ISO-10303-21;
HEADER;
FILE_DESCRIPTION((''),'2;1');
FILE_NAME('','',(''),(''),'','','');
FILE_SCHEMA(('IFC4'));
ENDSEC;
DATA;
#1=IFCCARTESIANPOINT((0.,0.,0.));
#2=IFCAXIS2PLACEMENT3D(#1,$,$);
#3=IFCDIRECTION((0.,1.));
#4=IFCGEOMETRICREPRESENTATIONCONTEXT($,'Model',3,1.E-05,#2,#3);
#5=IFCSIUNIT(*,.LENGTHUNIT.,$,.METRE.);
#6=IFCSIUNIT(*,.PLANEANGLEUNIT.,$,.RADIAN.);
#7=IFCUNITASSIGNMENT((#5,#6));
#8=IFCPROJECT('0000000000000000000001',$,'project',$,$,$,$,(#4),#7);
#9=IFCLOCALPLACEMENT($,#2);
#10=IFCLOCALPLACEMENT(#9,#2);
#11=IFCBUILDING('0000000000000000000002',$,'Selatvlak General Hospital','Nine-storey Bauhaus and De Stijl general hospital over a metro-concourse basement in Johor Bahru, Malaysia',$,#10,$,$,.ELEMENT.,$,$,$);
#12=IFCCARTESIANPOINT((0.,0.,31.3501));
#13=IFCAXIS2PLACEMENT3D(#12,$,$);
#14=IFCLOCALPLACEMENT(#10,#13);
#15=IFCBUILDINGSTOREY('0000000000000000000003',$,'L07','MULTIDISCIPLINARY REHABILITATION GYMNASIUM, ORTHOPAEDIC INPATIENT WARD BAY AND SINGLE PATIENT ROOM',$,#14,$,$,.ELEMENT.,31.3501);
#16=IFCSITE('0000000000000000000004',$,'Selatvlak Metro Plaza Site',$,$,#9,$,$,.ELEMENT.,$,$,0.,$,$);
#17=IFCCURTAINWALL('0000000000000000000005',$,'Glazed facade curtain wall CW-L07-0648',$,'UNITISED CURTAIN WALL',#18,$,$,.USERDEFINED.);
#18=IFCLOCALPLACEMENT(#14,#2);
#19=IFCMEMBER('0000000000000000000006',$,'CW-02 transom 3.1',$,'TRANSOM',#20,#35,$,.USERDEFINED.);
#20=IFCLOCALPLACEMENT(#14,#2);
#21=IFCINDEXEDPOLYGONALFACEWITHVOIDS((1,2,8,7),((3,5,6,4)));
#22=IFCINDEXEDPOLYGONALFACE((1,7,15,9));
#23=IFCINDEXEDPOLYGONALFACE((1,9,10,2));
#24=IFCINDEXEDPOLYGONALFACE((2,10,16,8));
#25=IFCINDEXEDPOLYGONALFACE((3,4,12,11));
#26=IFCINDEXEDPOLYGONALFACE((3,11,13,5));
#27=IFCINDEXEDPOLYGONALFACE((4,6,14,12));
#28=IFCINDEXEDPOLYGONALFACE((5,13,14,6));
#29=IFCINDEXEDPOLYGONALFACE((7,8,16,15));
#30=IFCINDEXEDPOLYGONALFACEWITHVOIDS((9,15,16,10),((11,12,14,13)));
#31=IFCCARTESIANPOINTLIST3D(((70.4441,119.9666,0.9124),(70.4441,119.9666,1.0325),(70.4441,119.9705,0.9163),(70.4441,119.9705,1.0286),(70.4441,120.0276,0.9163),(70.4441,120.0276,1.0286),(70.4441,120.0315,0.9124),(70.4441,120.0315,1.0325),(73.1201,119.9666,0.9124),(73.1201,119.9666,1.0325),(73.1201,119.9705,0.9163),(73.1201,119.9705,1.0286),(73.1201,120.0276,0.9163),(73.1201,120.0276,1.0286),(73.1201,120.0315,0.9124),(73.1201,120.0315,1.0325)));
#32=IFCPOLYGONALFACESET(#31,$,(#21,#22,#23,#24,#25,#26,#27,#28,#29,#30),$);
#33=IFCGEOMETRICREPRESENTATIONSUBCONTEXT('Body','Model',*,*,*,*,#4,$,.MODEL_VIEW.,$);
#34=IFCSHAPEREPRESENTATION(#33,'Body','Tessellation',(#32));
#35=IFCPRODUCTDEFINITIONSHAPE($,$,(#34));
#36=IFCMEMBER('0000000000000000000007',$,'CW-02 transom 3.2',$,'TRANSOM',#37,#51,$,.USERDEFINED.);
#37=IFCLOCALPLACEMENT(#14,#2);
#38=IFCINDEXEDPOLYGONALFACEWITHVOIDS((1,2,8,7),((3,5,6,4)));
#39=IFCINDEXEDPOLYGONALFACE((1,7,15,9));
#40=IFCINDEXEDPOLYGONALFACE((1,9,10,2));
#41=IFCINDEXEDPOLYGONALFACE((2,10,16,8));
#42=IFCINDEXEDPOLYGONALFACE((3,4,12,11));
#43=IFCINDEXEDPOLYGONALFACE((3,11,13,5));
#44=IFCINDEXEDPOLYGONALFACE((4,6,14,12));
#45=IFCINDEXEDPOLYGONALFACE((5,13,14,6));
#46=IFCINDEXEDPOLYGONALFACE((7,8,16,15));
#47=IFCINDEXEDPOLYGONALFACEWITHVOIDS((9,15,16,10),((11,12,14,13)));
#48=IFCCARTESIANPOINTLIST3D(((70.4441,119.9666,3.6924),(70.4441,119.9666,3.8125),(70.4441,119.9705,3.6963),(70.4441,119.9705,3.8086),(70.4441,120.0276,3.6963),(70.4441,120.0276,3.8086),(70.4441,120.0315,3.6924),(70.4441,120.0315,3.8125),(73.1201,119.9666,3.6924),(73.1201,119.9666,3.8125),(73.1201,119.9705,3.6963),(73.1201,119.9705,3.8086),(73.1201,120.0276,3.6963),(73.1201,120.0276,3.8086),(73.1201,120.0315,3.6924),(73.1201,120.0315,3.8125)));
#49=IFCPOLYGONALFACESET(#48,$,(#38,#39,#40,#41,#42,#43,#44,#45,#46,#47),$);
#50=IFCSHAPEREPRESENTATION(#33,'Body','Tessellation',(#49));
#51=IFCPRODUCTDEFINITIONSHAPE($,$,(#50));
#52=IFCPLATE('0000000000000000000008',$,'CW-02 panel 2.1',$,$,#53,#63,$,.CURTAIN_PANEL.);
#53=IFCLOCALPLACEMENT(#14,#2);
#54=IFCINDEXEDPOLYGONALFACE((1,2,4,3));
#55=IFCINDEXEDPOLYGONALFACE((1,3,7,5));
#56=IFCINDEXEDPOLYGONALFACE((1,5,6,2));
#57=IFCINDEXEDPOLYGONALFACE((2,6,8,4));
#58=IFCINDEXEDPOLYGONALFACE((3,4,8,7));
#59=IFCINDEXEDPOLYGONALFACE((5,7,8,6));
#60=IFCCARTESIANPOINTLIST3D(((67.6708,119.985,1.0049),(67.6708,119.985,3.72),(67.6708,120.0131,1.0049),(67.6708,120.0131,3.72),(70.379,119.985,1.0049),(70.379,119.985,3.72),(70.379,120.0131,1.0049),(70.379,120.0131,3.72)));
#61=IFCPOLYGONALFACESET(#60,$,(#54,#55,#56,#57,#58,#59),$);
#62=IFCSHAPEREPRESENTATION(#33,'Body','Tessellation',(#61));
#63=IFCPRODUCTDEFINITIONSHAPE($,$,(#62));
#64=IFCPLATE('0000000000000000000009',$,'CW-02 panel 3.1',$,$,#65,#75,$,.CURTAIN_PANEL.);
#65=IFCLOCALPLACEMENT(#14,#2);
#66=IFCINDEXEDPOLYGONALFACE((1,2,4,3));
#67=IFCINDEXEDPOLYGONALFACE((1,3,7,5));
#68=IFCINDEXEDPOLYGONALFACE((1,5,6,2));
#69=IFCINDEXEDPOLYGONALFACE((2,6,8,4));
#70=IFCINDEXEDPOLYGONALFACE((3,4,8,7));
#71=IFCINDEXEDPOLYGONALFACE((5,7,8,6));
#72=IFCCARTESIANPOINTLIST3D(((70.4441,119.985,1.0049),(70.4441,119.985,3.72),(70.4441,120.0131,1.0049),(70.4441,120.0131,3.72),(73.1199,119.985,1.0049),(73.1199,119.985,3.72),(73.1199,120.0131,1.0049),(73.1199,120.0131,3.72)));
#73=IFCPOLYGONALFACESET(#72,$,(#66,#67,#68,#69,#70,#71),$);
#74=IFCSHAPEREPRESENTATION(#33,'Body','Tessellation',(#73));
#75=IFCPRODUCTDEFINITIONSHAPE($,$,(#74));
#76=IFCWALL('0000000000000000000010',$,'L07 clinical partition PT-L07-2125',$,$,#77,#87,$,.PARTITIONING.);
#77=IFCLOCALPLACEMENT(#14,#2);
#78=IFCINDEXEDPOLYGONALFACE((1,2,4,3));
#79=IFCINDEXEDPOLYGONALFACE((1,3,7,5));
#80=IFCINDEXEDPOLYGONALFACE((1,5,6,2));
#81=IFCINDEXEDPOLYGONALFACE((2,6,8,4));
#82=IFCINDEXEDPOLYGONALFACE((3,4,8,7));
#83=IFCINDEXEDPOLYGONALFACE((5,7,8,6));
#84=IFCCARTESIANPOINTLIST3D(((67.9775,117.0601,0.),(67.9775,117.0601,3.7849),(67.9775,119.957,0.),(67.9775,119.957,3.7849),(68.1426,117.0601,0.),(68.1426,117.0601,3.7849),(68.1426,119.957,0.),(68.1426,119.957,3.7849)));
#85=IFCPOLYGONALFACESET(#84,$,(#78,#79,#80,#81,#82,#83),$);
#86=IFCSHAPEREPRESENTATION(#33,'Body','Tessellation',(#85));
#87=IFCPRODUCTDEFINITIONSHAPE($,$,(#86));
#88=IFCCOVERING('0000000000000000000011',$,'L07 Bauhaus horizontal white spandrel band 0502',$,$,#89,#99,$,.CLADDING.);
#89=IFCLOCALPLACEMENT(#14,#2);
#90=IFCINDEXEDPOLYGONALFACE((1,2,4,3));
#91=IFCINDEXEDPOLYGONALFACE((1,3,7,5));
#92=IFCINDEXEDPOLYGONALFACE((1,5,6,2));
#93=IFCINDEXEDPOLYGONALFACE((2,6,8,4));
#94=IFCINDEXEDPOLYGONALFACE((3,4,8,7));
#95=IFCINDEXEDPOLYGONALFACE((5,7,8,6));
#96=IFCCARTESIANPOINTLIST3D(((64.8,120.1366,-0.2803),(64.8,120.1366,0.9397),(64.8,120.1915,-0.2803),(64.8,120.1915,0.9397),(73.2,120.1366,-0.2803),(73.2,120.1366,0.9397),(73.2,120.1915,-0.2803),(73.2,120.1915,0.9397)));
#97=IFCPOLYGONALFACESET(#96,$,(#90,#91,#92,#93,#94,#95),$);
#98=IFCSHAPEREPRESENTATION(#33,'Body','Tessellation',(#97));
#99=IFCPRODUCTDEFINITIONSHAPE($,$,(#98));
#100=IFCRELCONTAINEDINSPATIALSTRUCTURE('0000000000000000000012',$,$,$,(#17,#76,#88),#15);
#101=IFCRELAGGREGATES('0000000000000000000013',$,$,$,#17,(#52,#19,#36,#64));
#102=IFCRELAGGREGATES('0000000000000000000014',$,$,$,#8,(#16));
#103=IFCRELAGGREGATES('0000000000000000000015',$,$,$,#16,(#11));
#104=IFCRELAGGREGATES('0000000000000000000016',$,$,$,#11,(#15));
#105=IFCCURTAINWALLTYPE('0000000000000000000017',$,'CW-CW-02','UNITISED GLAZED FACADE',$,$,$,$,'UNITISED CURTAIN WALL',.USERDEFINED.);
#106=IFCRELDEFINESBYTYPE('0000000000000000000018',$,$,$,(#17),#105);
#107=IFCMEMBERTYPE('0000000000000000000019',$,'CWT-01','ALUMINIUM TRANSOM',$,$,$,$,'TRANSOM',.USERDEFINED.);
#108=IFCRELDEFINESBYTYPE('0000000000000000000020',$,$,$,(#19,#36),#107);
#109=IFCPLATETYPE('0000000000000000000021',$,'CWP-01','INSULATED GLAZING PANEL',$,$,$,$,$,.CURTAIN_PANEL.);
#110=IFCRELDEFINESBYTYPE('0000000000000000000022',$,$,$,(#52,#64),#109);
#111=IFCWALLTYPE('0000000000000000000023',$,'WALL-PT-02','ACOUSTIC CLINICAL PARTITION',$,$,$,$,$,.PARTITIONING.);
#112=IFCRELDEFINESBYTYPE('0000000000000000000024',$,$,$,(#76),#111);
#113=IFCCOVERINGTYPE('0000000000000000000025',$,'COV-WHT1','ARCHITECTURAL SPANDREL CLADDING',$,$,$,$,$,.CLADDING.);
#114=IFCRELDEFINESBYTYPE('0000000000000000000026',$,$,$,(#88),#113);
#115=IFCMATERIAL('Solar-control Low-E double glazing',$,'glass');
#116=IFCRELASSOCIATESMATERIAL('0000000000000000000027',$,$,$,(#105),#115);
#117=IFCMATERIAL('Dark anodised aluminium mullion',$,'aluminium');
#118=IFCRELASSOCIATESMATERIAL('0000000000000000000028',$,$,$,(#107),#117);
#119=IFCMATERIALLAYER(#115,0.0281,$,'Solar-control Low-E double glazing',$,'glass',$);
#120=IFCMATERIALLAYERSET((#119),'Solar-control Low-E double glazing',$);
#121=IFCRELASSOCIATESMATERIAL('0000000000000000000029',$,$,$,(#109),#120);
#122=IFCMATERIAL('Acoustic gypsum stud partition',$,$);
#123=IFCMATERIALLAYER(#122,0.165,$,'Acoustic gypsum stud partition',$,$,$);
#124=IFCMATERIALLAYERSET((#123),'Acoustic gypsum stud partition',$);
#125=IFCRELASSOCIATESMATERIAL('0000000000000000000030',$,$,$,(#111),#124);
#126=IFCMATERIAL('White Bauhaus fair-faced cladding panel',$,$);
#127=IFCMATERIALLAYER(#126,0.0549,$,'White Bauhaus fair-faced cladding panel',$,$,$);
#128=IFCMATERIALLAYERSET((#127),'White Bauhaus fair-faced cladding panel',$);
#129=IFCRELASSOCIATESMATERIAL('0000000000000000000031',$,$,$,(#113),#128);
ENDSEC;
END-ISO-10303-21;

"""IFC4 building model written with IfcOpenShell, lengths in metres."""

from ifc_helpers import new_model, si_unit, direction, frame, frame_2d, origin, origin_2d, place, context, subcontext, project, spatial, rectangle, hollow_rectangle, extrude, material, layer, layer_set, material_profile, profile_set, type_object, element, aggregate, save


model = new_model("IFC4")

# Units and contexts
model_context = context("Model", 3, precision=1e-05, world=origin(), true_north=direction((0.0, 1.0)))
body_context = subcontext(model_context, "Body", "Model", "MODEL_VIEW")
ifc_project = project(units=[si_unit("LENGTHUNIT", "METRE"), si_unit("PLANEANGLEUNIT", "RADIAN")], contexts=[model_context])

# Site, building, storey
site_placement = place(None, origin())
site = spatial("IfcSite", under=ifc_project, at=site_placement, Name="Selatvlak Metro Plaza Site", CompositionType="ELEMENT", RefElevation=0.0)
building_placement = place(site_placement, origin())
building = spatial("IfcBuilding", under=site, at=building_placement, Name="Selatvlak General Hospital", Description="Nine-storey Bauhaus and De Stijl general hospital over a metro-concourse basement in Johor Bahru, Malaysia", CompositionType="ELEMENT")
storey_placement = place(building_placement, frame((0.0, 0.0, 31.3501)))
storey = spatial("IfcBuildingStorey", under=building, at=storey_placement, Name="L07", Description="MULTIDISCIPLINARY REHABILITATION GYMNASIUM, ORTHOPAEDIC INPATIENT WARD BAY AND SINGLE PATIENT ROOM", CompositionType="ELEMENT", Elevation=31.3501)

# Curtain wall, members, plates
ifc_material_1 = material(Name="Solar-control Low-E double glazing", Category="glass")
curtain_wall_type = type_object("IfcCurtainWallType", Name="CW-CW-02", Description="UNITISED GLAZED FACADE", ElementType="UNITISED CURTAIN WALL", PredefinedType="USERDEFINED", material=ifc_material_1)
curtain_wall_placement = place(storey_placement, origin())
curtain_wall = element("IfcCurtainWall", 1, at=curtain_wall_placement, inside=storey, type_object=curtain_wall_type, Name="Glazed facade curtain wall CW-L07-0648", ObjectType="UNITISED CURTAIN WALL", PredefinedType="USERDEFINED")
ifc_material_2 = material(Name="Dark anodised aluminium mullion", Category="aluminium")
ifc_material_profile_1 = material_profile(ifc_material_2, hollow_rectangle(XDim=0.0649, YDim=0.1201, WallThickness=0.0039, at=origin_2d()), Name="AL-TRN 65x120x4")
ifc_profile_set_1 = profile_set([ifc_material_profile_1], Name="Dark anodised aluminium mullion")
member_type_1 = type_object("IfcMemberType", Name="CWT-01", Description="ALUMINIUM TRANSOM", ElementType="TRANSOM", PredefinedType="USERDEFINED", material=ifc_profile_set_1)
member_1_placement = place(storey_placement, frame((70.4441, 119.999, 0.9724), z_axis=(1.0, 0.0, 0.0), x_axis=(0.0, 1.0, 0.0)))
member_1 = element("IfcMember", 2, at=member_1_placement, type_object=member_type_1, Name="CW-02 transom 3.1", ObjectType="TRANSOM", PredefinedType="USERDEFINED", context=body_context, shape_type="SweptSolid", body=[
    extrude(hollow_rectangle(XDim=0.0649, YDim=0.1201, WallThickness=0.0039, at=origin_2d()), origin(), (0.0, 0.0, 1.0), 2.676),
])
member_2_placement = place(storey_placement, frame((70.4441, 119.999, 3.7524), z_axis=(1.0, 0.0, 0.0), x_axis=(0.0, 1.0, 0.0)))
member_2 = element("IfcMember", 3, at=member_2_placement, type_object=member_type_1, Name="CW-02 transom 3.2", ObjectType="TRANSOM", PredefinedType="USERDEFINED", context=body_context, shape_type="SweptSolid", body=[
    extrude(hollow_rectangle(XDim=0.0649, YDim=0.1201, WallThickness=0.0039, at=origin_2d()), origin(), (0.0, 0.0, 1.0), 2.676),
])
ifc_layer_1 = layer(ifc_material_1, 0.0281, Name="Solar-control Low-E double glazing", Category="glass")
ifc_layer_set_1 = layer_set([ifc_layer_1], Name="Solar-control Low-E double glazing")
plate_type = type_object("IfcPlateType", Name="CWP-01", Description="INSULATED GLAZING PANEL", PredefinedType="CURTAIN_PANEL", material=ifc_layer_set_1)
plate_1_placement = place(storey_placement, frame((69.0249, 119.999, 1.0049), z_axis=(0.0, 0.0, 1.0), x_axis=(1.0, 0.0, 0.0)))
plate_1 = element("IfcPlate", 4, at=plate_1_placement, type_object=plate_type, Name="CW-02 panel 2.1", PredefinedType="CURTAIN_PANEL", context=body_context, shape_type="SweptSolid", body=[
    extrude(rectangle(XDim=2.7083, YDim=0.0281, at=origin_2d()), origin(), (0.0, 0.0, 1.0), 2.7151),
])
plate_2_placement = place(storey_placement, frame((71.782, 119.999, 1.0049), z_axis=(0.0, 0.0, 1.0), x_axis=(1.0, 0.0, 0.0)))
plate_2 = element("IfcPlate", 5, at=plate_2_placement, type_object=plate_type, Name="CW-02 panel 3.1", PredefinedType="CURTAIN_PANEL", context=body_context, shape_type="SweptSolid", body=[
    extrude(rectangle(XDim=2.6758, YDim=0.0281, at=origin_2d()), origin(), (0.0, 0.0, 1.0), 2.7151),
])
aggregate(curtain_wall, [plate_1, member_1, member_2, plate_2])

# Wall
ifc_material_3 = material(Name="Acoustic gypsum stud partition")
ifc_layer_2 = layer(ifc_material_3, 0.165, Name="Acoustic gypsum stud partition")
ifc_layer_set_2 = layer_set([ifc_layer_2], Name="Acoustic gypsum stud partition")
wall_type_1 = type_object("IfcWallType", Name="WALL-PT-02", Description="ACOUSTIC CLINICAL PARTITION", PredefinedType="PARTITIONING", material=ifc_layer_set_2)
wall_1_placement = place(storey_placement, frame((68.0601, 117.0601, 0.0), z_axis=(0.0, 0.0, 1.0), x_axis=(0.0, 1.0, 0.0)))
element("IfcWall", 6, at=wall_1_placement, inside=storey, type_object=wall_type_1, Name="L07 clinical partition PT-L07-2125", PredefinedType="PARTITIONING", context=body_context, shape_type="SweptSolid", body=[
    extrude(rectangle(XDim=2.897, YDim=0.165, at=frame_2d((1.4485, 0.0))), origin(), (0.0, 0.0, 1.0), 3.7849),
])

# Covering
ifc_material_4 = material(Name="White Bauhaus fair-faced cladding panel")
ifc_layer_3 = layer(ifc_material_4, 0.0549, Name="White Bauhaus fair-faced cladding panel")
ifc_layer_set_3 = layer_set([ifc_layer_3], Name="White Bauhaus fair-faced cladding panel")
covering_type = type_object("IfcCoveringType", Name="COV-WHT1", Description="ARCHITECTURAL SPANDREL CLADDING", PredefinedType="CLADDING", material=ifc_layer_set_3)
covering_placement = place(storey_placement, frame((69.0, 120.1641, -0.2803), z_axis=(0.0, 0.0, 1.0), x_axis=(1.0, 0.0, 0.0)))
element("IfcCovering", 7, at=covering_placement, inside=storey, type_object=covering_type, Name="L07 Bauhaus horizontal white spandrel band 0502", PredefinedType="CLADDING", context=body_context, shape_type="SweptSolid", body=[
    extrude(rectangle(XDim=8.3999, YDim=0.0549, at=origin_2d()), origin(), (0.0, 0.0, 1.0), 1.22),
])

save(model, "model.ifc")
